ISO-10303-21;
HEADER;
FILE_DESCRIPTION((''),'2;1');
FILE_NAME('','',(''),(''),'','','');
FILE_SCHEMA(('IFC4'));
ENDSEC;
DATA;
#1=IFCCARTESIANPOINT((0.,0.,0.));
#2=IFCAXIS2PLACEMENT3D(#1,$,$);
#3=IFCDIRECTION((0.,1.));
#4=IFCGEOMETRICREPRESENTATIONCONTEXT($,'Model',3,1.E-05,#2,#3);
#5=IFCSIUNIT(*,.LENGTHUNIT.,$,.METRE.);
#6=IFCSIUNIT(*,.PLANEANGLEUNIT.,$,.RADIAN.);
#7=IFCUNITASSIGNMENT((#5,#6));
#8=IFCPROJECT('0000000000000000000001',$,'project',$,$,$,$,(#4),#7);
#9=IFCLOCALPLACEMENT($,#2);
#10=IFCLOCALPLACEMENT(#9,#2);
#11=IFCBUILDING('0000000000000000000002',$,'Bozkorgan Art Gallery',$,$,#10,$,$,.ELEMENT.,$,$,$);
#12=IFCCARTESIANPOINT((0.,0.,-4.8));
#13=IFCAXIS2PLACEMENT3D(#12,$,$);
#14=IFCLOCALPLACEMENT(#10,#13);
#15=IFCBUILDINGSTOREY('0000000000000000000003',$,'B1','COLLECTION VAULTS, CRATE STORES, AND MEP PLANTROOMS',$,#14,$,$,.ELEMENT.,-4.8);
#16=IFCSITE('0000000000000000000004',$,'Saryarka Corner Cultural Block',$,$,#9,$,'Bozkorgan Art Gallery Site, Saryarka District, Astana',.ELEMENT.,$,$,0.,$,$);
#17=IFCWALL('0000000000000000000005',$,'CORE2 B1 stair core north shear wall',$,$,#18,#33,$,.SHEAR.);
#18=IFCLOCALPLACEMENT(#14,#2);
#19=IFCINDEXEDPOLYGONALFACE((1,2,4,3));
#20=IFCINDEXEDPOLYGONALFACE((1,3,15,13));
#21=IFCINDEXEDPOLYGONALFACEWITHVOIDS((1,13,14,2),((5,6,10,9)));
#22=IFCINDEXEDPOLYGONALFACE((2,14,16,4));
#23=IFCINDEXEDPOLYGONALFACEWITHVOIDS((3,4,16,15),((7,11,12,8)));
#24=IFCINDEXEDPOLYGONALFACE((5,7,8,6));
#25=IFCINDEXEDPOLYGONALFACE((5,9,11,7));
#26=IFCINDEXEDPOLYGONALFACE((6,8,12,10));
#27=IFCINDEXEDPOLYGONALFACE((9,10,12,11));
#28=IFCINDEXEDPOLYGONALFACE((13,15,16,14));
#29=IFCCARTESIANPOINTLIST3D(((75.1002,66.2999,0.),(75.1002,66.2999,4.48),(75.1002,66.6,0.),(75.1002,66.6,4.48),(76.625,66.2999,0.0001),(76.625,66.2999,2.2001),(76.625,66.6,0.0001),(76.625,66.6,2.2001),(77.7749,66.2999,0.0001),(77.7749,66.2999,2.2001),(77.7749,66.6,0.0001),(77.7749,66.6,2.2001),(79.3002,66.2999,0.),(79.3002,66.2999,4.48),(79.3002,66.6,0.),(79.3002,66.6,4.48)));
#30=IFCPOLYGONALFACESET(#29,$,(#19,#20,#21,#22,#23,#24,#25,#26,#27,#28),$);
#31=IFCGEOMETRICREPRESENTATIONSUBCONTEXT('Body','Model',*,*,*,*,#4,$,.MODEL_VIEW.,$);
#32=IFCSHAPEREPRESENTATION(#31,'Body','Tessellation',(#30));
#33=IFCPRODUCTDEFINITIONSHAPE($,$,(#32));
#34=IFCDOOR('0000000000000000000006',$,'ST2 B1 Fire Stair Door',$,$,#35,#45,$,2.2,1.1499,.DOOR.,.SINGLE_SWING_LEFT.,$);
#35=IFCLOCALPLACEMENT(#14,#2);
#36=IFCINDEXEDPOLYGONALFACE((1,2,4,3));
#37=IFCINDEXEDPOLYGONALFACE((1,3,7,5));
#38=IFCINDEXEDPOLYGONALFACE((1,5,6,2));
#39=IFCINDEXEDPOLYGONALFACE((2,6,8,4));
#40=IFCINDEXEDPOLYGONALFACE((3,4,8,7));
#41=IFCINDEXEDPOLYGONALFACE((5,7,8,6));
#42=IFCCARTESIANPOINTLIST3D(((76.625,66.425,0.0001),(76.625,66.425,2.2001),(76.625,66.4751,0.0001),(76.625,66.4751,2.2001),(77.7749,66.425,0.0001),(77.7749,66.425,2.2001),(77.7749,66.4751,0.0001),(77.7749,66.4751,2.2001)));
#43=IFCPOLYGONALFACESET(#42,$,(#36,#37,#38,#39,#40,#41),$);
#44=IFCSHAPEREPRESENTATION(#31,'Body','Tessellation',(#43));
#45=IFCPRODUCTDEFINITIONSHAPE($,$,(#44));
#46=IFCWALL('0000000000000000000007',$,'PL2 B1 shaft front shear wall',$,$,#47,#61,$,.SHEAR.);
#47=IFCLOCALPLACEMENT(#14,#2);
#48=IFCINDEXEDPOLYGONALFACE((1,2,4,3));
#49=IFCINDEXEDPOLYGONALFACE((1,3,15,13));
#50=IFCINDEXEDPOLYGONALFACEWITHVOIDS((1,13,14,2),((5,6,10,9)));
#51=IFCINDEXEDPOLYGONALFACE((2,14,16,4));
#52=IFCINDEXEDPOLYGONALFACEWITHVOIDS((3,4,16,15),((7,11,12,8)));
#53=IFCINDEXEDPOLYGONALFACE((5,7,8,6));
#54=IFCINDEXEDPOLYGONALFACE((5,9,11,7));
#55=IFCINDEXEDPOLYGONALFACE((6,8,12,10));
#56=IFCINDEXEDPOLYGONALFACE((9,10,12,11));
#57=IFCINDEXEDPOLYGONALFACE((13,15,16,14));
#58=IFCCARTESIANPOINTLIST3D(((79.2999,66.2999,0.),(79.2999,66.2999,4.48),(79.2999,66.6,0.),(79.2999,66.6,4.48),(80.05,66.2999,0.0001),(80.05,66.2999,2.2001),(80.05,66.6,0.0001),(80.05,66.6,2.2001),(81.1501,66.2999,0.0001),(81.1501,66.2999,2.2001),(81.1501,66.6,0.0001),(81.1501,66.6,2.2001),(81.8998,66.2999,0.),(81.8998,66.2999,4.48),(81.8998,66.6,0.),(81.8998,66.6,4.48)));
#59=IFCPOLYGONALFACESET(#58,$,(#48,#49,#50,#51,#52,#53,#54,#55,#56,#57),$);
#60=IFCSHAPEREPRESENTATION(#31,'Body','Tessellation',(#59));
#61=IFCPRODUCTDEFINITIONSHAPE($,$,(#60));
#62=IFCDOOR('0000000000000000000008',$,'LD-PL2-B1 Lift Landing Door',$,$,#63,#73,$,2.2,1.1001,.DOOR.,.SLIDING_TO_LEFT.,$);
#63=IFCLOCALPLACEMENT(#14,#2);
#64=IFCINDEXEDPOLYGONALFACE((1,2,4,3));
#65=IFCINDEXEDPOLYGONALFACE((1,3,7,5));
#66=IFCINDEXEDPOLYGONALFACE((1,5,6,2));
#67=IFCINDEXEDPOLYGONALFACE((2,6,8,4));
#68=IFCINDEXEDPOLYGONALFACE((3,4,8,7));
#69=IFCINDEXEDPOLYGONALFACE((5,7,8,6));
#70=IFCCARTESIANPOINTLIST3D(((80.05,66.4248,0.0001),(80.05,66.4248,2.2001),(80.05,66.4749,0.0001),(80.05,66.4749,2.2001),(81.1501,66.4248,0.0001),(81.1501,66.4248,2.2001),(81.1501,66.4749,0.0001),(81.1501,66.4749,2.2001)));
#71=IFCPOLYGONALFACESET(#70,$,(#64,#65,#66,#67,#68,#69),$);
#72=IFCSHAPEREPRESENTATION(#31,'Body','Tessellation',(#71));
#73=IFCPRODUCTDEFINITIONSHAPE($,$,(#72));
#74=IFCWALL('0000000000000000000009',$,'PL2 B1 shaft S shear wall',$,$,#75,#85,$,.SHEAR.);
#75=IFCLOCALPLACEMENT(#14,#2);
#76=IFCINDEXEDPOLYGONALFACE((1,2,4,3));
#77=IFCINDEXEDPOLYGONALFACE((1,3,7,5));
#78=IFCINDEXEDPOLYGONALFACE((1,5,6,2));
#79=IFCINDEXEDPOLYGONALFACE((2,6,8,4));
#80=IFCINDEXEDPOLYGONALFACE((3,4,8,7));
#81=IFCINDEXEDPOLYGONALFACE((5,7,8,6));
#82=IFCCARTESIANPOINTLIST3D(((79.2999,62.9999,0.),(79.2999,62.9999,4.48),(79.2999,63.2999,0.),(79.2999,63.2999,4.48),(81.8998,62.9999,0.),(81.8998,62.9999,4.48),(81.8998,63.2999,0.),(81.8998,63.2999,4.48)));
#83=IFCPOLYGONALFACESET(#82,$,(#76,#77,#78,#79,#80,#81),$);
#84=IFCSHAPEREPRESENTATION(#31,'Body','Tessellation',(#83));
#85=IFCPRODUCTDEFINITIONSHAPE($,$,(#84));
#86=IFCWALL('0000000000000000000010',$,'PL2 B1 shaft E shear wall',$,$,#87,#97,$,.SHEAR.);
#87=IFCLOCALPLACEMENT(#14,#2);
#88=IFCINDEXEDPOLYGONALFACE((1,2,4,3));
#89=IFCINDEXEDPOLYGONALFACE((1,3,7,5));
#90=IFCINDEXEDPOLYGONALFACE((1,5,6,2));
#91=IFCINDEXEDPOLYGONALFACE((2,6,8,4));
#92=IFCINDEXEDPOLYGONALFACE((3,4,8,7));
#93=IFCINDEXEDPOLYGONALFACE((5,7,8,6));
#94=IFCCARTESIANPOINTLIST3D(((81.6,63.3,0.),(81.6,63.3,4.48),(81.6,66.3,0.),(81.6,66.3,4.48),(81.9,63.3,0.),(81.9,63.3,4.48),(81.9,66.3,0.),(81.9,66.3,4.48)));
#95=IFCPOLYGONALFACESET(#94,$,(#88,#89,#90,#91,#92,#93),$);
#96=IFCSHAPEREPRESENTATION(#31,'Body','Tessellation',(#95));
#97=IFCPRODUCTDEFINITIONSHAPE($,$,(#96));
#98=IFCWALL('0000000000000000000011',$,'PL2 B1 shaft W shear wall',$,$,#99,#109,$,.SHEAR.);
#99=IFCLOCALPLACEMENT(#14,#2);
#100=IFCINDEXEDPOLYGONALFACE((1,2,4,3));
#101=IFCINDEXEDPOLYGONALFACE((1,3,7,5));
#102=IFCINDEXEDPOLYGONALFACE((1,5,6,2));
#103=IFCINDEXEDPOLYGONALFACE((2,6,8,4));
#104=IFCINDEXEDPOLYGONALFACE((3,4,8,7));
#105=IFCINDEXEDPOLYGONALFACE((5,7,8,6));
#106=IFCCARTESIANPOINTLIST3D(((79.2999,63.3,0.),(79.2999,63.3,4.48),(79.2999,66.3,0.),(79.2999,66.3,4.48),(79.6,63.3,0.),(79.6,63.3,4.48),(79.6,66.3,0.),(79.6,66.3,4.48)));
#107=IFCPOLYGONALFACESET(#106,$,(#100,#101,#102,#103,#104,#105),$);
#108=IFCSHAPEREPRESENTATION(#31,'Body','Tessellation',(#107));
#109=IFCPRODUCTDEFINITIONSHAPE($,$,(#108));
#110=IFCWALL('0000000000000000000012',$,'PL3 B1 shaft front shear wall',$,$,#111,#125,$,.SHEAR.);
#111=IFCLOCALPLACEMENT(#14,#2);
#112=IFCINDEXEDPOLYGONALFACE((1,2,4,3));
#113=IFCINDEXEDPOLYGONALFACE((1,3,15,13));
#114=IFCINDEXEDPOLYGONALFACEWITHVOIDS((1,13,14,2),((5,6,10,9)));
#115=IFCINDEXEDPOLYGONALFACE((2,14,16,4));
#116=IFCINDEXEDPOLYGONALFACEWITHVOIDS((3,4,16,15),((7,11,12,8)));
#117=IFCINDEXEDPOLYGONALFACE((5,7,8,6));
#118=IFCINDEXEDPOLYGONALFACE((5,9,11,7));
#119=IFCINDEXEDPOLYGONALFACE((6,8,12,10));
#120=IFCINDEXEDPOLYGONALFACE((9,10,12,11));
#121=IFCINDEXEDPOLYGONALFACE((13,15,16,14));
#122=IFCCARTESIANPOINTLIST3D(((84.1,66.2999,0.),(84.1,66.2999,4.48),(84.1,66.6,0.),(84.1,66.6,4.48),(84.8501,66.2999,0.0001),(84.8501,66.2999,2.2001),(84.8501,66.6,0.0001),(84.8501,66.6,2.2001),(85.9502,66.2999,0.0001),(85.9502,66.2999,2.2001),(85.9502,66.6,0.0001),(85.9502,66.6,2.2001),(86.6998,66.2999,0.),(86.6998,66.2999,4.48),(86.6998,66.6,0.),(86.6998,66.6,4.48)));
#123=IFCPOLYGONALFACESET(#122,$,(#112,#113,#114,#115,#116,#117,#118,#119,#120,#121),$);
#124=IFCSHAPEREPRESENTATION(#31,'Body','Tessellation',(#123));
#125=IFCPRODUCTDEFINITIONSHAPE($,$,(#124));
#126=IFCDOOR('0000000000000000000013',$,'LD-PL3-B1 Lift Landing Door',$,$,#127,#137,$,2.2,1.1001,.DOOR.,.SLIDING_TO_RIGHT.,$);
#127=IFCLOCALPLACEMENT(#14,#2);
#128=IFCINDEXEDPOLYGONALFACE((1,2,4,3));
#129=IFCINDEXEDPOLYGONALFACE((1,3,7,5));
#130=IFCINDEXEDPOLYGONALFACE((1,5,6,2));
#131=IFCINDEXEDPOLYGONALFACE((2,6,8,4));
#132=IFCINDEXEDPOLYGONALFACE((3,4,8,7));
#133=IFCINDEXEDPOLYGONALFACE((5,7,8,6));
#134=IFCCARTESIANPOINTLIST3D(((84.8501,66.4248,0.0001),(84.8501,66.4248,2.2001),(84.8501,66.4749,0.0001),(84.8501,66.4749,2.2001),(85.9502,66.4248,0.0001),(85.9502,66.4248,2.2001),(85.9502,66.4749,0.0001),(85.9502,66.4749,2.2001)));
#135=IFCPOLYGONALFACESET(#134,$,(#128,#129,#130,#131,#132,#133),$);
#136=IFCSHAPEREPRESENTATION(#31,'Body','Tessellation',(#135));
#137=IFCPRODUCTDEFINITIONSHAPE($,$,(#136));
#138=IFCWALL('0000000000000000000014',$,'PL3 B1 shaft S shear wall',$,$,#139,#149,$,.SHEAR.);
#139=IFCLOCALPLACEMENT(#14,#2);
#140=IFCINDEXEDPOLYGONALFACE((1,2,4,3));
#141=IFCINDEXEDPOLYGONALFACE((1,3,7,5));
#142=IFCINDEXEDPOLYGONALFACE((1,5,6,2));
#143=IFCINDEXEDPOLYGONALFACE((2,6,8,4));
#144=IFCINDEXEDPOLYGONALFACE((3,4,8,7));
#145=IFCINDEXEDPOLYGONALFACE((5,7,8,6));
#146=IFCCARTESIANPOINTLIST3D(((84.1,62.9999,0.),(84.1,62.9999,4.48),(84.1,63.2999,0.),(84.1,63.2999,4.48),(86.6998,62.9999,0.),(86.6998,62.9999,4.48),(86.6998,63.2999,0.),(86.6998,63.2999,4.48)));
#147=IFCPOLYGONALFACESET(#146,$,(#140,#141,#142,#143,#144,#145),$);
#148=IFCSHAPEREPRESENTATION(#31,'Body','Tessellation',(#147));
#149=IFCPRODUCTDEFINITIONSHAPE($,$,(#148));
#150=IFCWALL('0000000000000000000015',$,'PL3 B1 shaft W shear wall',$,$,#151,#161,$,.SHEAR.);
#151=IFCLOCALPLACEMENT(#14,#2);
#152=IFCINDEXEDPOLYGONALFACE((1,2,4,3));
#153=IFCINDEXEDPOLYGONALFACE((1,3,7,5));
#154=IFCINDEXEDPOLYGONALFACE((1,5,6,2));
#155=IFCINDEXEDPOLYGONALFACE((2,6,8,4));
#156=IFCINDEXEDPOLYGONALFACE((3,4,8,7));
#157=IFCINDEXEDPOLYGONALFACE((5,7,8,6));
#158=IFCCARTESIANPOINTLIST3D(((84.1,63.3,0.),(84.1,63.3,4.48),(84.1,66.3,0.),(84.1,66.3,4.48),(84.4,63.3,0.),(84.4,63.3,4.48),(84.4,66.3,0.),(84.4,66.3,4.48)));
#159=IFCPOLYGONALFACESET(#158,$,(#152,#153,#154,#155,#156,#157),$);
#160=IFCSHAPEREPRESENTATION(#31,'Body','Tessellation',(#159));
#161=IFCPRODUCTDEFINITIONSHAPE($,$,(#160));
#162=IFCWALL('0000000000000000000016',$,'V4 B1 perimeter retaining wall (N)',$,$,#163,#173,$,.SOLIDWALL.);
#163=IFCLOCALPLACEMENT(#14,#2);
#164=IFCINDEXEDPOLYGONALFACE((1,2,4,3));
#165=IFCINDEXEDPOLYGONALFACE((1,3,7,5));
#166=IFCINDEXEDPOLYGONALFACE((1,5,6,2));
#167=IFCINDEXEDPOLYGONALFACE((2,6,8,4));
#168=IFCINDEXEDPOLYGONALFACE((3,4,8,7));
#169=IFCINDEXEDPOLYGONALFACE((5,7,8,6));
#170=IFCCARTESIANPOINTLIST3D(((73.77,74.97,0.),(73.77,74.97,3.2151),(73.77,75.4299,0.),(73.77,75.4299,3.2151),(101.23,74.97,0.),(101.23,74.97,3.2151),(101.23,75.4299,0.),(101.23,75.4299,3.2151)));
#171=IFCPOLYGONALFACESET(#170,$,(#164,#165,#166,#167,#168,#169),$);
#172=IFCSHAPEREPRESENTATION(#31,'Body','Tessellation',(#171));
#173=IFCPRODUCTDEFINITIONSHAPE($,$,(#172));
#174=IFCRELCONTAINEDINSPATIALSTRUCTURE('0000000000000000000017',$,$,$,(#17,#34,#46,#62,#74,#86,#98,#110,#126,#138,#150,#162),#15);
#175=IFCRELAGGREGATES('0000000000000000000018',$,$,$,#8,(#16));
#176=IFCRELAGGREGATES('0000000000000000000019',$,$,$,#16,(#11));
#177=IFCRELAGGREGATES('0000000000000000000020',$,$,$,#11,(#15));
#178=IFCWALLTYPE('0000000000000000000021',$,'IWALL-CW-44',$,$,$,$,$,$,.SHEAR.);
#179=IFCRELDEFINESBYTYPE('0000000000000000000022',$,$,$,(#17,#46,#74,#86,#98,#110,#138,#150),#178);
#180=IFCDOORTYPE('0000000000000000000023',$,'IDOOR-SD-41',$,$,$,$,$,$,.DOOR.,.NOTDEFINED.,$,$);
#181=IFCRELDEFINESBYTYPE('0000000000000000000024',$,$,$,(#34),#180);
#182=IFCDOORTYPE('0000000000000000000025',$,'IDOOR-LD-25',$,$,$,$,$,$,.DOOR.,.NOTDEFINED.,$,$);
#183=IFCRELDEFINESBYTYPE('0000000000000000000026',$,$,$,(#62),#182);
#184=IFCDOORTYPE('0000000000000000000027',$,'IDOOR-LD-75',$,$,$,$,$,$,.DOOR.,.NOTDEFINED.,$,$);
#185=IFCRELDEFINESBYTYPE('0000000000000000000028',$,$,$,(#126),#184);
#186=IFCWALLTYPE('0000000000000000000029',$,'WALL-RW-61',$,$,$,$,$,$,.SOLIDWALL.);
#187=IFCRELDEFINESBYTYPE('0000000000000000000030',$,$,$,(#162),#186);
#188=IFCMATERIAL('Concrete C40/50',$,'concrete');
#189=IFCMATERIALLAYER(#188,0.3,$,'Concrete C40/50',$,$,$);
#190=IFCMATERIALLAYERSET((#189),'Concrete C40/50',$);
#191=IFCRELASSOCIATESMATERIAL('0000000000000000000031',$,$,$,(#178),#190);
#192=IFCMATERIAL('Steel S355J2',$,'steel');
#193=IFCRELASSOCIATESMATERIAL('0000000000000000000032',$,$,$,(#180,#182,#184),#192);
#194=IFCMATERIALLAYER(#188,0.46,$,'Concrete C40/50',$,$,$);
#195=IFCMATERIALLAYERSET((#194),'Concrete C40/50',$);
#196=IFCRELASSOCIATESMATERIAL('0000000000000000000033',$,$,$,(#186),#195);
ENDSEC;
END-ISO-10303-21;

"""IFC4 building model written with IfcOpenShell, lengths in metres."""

from ifc_helpers import new_model, si_unit, direction, frame, frame_2d, origin, place, context, subcontext, project, spatial, rectangle, extrude, material, layer, layer_set, type_object, element, fill, save


model = new_model("IFC4")

# Units and contexts
model_context = context("Model", 3, precision=1e-05, world=origin(), true_north=direction((0.0, 1.0)))
body_context = subcontext(model_context, "Body", "Model", "MODEL_VIEW")
ifc_project = project(units=[si_unit("LENGTHUNIT", "METRE"), si_unit("PLANEANGLEUNIT", "RADIAN")], contexts=[model_context])

# Site, building, storey
site_placement = place(None, origin())
site = spatial("IfcSite", under=ifc_project, at=site_placement, Name="Saryarka Corner Cultural Block", LongName="Bozkorgan Art Gallery Site, Saryarka District, Astana", CompositionType="ELEMENT", RefElevation=0.0)
building_placement = place(site_placement, origin())
building = spatial("IfcBuilding", under=site, at=building_placement, Name="Bozkorgan Art Gallery", CompositionType="ELEMENT")
storey_placement = place(building_placement, frame((0.0, 0.0, -4.8)))
storey = spatial("IfcBuildingStorey", under=building, at=storey_placement, Name="B1", Description="COLLECTION VAULTS, CRATE STORES, AND MEP PLANTROOMS", CompositionType="ELEMENT", Elevation=-4.8)

# Shared definitions
ifc_material_1 = material(Name="Concrete C40/50", Category="concrete")

# Shared definitions
ifc_material_2 = material(Name="Steel S355J2", Category="steel")

# Walls, openings, doors
ifc_layer_1 = layer(ifc_material_1, 0.3, Name="Concrete C40/50")
ifc_layer_set_1 = layer_set([ifc_layer_1], Name="Concrete C40/50")
wall_type_1 = type_object("IfcWallType", Name="IWALL-CW-44", PredefinedType="SHEAR", material=ifc_layer_set_1)
wall_1_placement = place(storey_placement, frame((75.1001, 66.45, 0.0), z_axis=(0.0, 0.0, 1.0), x_axis=(1.0, 0.0, 0.0)))
wall_1 = element("IfcWall", 1, at=wall_1_placement, inside=storey, type_object=wall_type_1, Name="CORE2 B1 stair core north shear wall", PredefinedType="SHEAR", context=body_context, shape_type="SweptSolid", body=[
    extrude(rectangle(XDim=4.2, YDim=0.3, at=frame_2d((2.1001, 0.0))), origin(), (0.0, 0.0, 1.0), 4.48),
])
opening_1_placement = place(wall_1_placement, frame((2.6748, 0.0, 0.0), z_axis=(0.0, 0.0, 1.0), x_axis=(-1.0, 0.0, 0.0)))
opening_1 = element("IfcOpeningElement", 2, at=opening_1_placement, cuts=wall_1, PredefinedType="OPENING", context=body_context, shape_type="SweptSolid", body=[
    extrude(rectangle(XDim=1.1499, YDim=2.2, at=frame_2d((0.575, 1.1001))), frame((0.0, 0.1602, 0.0), z_axis=(0.0, -1.0, 0.0), x_axis=(1.0, 0.0, 0.0)), (0.0, 0.0, 1.0), 0.3201),
])
door_type_1 = type_object("IfcDoorType", Name="IDOOR-SD-41", OperationType="NOTDEFINED", PredefinedType="DOOR", material=ifc_material_2)
door_1_placement = place(opening_1_placement, origin())
door_1 = element("IfcDoor", 3, at=door_1_placement, inside=storey, type_object=door_type_1, Name="ST2 B1 Fire Stair Door", OperationType="SINGLE_SWING_LEFT", OverallHeight=2.2, OverallWidth=1.1499, PredefinedType="DOOR", context=body_context, shape_type="SweptSolid", body=[
    extrude(rectangle(XDim=1.1499, YDim=2.2, at=frame_2d((0.575, 1.1001))), frame((0.0, 0.0249, 0.0), z_axis=(0.0, -1.0, 0.0), x_axis=(1.0, 0.0, 0.0)), (0.0, 0.0, 1.0), 0.05),
])
fill(opening_1, door_1)
wall_2_placement = place(storey_placement, frame((79.3, 66.45, 0.0), z_axis=(0.0, 0.0, 1.0), x_axis=(1.0, 0.0, 0.0)))
wall_2 = element("IfcWall", 4, at=wall_2_placement, inside=storey, type_object=wall_type_1, Name="PL2 B1 shaft front shear wall", PredefinedType="SHEAR", context=body_context, shape_type="SweptSolid", body=[
    extrude(rectangle(XDim=2.5999, YDim=0.3, at=frame_2d((1.2998, 0.0))), origin(), (0.0, 0.0, 1.0), 4.48),
])
opening_2_placement = place(wall_2_placement, frame((0.75, 0.0, 0.0)))
opening_2 = element("IfcOpeningElement", 5, at=opening_2_placement, cuts=wall_2, PredefinedType="OPENING", context=body_context, shape_type="SweptSolid", body=[
    extrude(rectangle(XDim=1.1001, YDim=2.2, at=frame_2d((0.55, 1.1001))), frame((0.0, 0.1602, 0.0), z_axis=(0.0, -1.0, 0.0), x_axis=(1.0, 0.0, 0.0)), (0.0, 0.0, 1.0), 0.3201),
])
door_type_2 = type_object("IfcDoorType", Name="IDOOR-LD-25", OperationType="NOTDEFINED", PredefinedType="DOOR", material=ifc_material_2)
door_2_placement = place(opening_2_placement, origin())
door_2 = element("IfcDoor", 6, at=door_2_placement, inside=storey, type_object=door_type_2, Name="LD-PL2-B1 Lift Landing Door", OperationType="SLIDING_TO_LEFT", OverallHeight=2.2, OverallWidth=1.1001, PredefinedType="DOOR", context=body_context, shape_type="SweptSolid", body=[
    extrude(rectangle(XDim=1.1001, YDim=2.2, at=frame_2d((0.55, 1.1001))), frame((0.0, 0.0249, 0.0), z_axis=(0.0, -1.0, 0.0), x_axis=(1.0, 0.0, 0.0)), (0.0, 0.0, 1.0), 0.05),
])
fill(opening_2, door_2)

# Walls
wall_3_placement = place(storey_placement, frame((79.3, 63.1499, 0.0), z_axis=(0.0, 0.0, 1.0), x_axis=(1.0, 0.0, 0.0)))
element("IfcWall", 7, at=wall_3_placement, inside=storey, type_object=wall_type_1, Name="PL2 B1 shaft S shear wall", PredefinedType="SHEAR", context=body_context, shape_type="SweptSolid", body=[
    extrude(rectangle(XDim=2.5999, YDim=0.3, at=frame_2d((1.2998, 0.0))), origin(), (0.0, 0.0, 1.0), 4.48),
])
for number, where, z_axis, x_axis, name in (
    (8, (81.75, 63.3, 0.0), (0.0, 0.0, 1.0), (0.0, 1.0, 0.0), "PL2 B1 shaft E shear wall"),
    (9, (79.45, 63.3, 0.0), (0.0, 0.0, 1.0), (0.0, 1.0, 0.0), "PL2 B1 shaft W shear wall"),
):
    element("IfcWall", number, at=place(storey_placement, frame(where, z_axis=z_axis, x_axis=x_axis)), inside=storey, type_object=wall_type_1, Name=name, PredefinedType="SHEAR", context=body_context, shape_type="SweptSolid", body=[
        extrude(rectangle(XDim=3.0, YDim=0.3, at=frame_2d((1.5, 0.0))), origin(), (0.0, 0.0, 1.0), 4.48),
    ])

# Wall, opening, door
wall_4_placement = place(storey_placement, frame((84.1001, 66.45, 0.0), z_axis=(0.0, 0.0, 1.0), x_axis=(1.0, 0.0, 0.0)))
wall_4 = element("IfcWall", 10, at=wall_4_placement, inside=storey, type_object=wall_type_1, Name="PL3 B1 shaft front shear wall", PredefinedType="SHEAR", context=body_context, shape_type="SweptSolid", body=[
    extrude(rectangle(XDim=2.5999, YDim=0.3, at=frame_2d((1.2998, 0.0))), origin(), (0.0, 0.0, 1.0), 4.48),
])
opening_3_placement = place(wall_4_placement, frame((0.75, 0.0, 0.0)))
opening_3 = element("IfcOpeningElement", 11, at=opening_3_placement, cuts=wall_4, PredefinedType="OPENING", context=body_context, shape_type="SweptSolid", body=[
    extrude(rectangle(XDim=1.1001, YDim=2.2, at=frame_2d((0.55, 1.1001))), frame((0.0, 0.1602, 0.0), z_axis=(0.0, -1.0, 0.0), x_axis=(1.0, 0.0, 0.0)), (0.0, 0.0, 1.0), 0.3201),
])
door_type_3 = type_object("IfcDoorType", Name="IDOOR-LD-75", OperationType="NOTDEFINED", PredefinedType="DOOR", material=ifc_material_2)
door_3_placement = place(opening_3_placement, origin())
door_3 = element("IfcDoor", 12, at=door_3_placement, inside=storey, type_object=door_type_3, Name="LD-PL3-B1 Lift Landing Door", OperationType="SLIDING_TO_RIGHT", OverallHeight=2.2, OverallWidth=1.1001, PredefinedType="DOOR", context=body_context, shape_type="SweptSolid", body=[
    extrude(rectangle(XDim=1.1001, YDim=2.2, at=frame_2d((0.55, 1.1001))), frame((0.0, 0.0249, 0.0), z_axis=(0.0, -1.0, 0.0), x_axis=(1.0, 0.0, 0.0)), (0.0, 0.0, 1.0), 0.05),
])
fill(opening_3, door_3)

# Walls
wall_5_placement = place(storey_placement, frame((84.1001, 63.1499, 0.0), z_axis=(0.0, 0.0, 1.0), x_axis=(1.0, 0.0, 0.0)))
element("IfcWall", 13, at=wall_5_placement, inside=storey, type_object=wall_type_1, Name="PL3 B1 shaft S shear wall", PredefinedType="SHEAR", context=body_context, shape_type="SweptSolid", body=[
    extrude(rectangle(XDim=2.5999, YDim=0.3, at=frame_2d((1.2998, 0.0))), origin(), (0.0, 0.0, 1.0), 4.48),
])
wall_6_placement = place(storey_placement, frame((84.25, 63.3, 0.0), z_axis=(0.0, 0.0, 1.0), x_axis=(0.0, 1.0, 0.0)))
element("IfcWall", 14, at=wall_6_placement, inside=storey, type_object=wall_type_1, Name="PL3 B1 shaft W shear wall", PredefinedType="SHEAR", context=body_context, shape_type="SweptSolid", body=[
    extrude(rectangle(XDim=3.0, YDim=0.3, at=frame_2d((1.5, 0.0))), origin(), (0.0, 0.0, 1.0), 4.48),
])
ifc_layer_2 = layer(ifc_material_1, 0.46, Name="Concrete C40/50")
ifc_layer_set_2 = layer_set([ifc_layer_2], Name="Concrete C40/50")
wall_type_2 = type_object("IfcWallType", Name="WALL-RW-61", PredefinedType="SOLIDWALL", material=ifc_layer_set_2)
wall_7_placement = place(storey_placement, frame((73.77, 75.2, 0.0), z_axis=(0.0, 0.0, 1.0), x_axis=(1.0, 0.0, 0.0)))
element("IfcWall", 15, at=wall_7_placement, inside=storey, type_object=wall_type_2, Name="V4 B1 perimeter retaining wall (N)", PredefinedType="SOLIDWALL", context=body_context, shape_type="SweptSolid", body=[
    extrude(rectangle(XDim=27.46, YDim=0.46, at=frame_2d((13.73, 0.0))), origin(), (0.0, 0.0, 1.0), 3.2151),
])

save(model, "model.ifc")
